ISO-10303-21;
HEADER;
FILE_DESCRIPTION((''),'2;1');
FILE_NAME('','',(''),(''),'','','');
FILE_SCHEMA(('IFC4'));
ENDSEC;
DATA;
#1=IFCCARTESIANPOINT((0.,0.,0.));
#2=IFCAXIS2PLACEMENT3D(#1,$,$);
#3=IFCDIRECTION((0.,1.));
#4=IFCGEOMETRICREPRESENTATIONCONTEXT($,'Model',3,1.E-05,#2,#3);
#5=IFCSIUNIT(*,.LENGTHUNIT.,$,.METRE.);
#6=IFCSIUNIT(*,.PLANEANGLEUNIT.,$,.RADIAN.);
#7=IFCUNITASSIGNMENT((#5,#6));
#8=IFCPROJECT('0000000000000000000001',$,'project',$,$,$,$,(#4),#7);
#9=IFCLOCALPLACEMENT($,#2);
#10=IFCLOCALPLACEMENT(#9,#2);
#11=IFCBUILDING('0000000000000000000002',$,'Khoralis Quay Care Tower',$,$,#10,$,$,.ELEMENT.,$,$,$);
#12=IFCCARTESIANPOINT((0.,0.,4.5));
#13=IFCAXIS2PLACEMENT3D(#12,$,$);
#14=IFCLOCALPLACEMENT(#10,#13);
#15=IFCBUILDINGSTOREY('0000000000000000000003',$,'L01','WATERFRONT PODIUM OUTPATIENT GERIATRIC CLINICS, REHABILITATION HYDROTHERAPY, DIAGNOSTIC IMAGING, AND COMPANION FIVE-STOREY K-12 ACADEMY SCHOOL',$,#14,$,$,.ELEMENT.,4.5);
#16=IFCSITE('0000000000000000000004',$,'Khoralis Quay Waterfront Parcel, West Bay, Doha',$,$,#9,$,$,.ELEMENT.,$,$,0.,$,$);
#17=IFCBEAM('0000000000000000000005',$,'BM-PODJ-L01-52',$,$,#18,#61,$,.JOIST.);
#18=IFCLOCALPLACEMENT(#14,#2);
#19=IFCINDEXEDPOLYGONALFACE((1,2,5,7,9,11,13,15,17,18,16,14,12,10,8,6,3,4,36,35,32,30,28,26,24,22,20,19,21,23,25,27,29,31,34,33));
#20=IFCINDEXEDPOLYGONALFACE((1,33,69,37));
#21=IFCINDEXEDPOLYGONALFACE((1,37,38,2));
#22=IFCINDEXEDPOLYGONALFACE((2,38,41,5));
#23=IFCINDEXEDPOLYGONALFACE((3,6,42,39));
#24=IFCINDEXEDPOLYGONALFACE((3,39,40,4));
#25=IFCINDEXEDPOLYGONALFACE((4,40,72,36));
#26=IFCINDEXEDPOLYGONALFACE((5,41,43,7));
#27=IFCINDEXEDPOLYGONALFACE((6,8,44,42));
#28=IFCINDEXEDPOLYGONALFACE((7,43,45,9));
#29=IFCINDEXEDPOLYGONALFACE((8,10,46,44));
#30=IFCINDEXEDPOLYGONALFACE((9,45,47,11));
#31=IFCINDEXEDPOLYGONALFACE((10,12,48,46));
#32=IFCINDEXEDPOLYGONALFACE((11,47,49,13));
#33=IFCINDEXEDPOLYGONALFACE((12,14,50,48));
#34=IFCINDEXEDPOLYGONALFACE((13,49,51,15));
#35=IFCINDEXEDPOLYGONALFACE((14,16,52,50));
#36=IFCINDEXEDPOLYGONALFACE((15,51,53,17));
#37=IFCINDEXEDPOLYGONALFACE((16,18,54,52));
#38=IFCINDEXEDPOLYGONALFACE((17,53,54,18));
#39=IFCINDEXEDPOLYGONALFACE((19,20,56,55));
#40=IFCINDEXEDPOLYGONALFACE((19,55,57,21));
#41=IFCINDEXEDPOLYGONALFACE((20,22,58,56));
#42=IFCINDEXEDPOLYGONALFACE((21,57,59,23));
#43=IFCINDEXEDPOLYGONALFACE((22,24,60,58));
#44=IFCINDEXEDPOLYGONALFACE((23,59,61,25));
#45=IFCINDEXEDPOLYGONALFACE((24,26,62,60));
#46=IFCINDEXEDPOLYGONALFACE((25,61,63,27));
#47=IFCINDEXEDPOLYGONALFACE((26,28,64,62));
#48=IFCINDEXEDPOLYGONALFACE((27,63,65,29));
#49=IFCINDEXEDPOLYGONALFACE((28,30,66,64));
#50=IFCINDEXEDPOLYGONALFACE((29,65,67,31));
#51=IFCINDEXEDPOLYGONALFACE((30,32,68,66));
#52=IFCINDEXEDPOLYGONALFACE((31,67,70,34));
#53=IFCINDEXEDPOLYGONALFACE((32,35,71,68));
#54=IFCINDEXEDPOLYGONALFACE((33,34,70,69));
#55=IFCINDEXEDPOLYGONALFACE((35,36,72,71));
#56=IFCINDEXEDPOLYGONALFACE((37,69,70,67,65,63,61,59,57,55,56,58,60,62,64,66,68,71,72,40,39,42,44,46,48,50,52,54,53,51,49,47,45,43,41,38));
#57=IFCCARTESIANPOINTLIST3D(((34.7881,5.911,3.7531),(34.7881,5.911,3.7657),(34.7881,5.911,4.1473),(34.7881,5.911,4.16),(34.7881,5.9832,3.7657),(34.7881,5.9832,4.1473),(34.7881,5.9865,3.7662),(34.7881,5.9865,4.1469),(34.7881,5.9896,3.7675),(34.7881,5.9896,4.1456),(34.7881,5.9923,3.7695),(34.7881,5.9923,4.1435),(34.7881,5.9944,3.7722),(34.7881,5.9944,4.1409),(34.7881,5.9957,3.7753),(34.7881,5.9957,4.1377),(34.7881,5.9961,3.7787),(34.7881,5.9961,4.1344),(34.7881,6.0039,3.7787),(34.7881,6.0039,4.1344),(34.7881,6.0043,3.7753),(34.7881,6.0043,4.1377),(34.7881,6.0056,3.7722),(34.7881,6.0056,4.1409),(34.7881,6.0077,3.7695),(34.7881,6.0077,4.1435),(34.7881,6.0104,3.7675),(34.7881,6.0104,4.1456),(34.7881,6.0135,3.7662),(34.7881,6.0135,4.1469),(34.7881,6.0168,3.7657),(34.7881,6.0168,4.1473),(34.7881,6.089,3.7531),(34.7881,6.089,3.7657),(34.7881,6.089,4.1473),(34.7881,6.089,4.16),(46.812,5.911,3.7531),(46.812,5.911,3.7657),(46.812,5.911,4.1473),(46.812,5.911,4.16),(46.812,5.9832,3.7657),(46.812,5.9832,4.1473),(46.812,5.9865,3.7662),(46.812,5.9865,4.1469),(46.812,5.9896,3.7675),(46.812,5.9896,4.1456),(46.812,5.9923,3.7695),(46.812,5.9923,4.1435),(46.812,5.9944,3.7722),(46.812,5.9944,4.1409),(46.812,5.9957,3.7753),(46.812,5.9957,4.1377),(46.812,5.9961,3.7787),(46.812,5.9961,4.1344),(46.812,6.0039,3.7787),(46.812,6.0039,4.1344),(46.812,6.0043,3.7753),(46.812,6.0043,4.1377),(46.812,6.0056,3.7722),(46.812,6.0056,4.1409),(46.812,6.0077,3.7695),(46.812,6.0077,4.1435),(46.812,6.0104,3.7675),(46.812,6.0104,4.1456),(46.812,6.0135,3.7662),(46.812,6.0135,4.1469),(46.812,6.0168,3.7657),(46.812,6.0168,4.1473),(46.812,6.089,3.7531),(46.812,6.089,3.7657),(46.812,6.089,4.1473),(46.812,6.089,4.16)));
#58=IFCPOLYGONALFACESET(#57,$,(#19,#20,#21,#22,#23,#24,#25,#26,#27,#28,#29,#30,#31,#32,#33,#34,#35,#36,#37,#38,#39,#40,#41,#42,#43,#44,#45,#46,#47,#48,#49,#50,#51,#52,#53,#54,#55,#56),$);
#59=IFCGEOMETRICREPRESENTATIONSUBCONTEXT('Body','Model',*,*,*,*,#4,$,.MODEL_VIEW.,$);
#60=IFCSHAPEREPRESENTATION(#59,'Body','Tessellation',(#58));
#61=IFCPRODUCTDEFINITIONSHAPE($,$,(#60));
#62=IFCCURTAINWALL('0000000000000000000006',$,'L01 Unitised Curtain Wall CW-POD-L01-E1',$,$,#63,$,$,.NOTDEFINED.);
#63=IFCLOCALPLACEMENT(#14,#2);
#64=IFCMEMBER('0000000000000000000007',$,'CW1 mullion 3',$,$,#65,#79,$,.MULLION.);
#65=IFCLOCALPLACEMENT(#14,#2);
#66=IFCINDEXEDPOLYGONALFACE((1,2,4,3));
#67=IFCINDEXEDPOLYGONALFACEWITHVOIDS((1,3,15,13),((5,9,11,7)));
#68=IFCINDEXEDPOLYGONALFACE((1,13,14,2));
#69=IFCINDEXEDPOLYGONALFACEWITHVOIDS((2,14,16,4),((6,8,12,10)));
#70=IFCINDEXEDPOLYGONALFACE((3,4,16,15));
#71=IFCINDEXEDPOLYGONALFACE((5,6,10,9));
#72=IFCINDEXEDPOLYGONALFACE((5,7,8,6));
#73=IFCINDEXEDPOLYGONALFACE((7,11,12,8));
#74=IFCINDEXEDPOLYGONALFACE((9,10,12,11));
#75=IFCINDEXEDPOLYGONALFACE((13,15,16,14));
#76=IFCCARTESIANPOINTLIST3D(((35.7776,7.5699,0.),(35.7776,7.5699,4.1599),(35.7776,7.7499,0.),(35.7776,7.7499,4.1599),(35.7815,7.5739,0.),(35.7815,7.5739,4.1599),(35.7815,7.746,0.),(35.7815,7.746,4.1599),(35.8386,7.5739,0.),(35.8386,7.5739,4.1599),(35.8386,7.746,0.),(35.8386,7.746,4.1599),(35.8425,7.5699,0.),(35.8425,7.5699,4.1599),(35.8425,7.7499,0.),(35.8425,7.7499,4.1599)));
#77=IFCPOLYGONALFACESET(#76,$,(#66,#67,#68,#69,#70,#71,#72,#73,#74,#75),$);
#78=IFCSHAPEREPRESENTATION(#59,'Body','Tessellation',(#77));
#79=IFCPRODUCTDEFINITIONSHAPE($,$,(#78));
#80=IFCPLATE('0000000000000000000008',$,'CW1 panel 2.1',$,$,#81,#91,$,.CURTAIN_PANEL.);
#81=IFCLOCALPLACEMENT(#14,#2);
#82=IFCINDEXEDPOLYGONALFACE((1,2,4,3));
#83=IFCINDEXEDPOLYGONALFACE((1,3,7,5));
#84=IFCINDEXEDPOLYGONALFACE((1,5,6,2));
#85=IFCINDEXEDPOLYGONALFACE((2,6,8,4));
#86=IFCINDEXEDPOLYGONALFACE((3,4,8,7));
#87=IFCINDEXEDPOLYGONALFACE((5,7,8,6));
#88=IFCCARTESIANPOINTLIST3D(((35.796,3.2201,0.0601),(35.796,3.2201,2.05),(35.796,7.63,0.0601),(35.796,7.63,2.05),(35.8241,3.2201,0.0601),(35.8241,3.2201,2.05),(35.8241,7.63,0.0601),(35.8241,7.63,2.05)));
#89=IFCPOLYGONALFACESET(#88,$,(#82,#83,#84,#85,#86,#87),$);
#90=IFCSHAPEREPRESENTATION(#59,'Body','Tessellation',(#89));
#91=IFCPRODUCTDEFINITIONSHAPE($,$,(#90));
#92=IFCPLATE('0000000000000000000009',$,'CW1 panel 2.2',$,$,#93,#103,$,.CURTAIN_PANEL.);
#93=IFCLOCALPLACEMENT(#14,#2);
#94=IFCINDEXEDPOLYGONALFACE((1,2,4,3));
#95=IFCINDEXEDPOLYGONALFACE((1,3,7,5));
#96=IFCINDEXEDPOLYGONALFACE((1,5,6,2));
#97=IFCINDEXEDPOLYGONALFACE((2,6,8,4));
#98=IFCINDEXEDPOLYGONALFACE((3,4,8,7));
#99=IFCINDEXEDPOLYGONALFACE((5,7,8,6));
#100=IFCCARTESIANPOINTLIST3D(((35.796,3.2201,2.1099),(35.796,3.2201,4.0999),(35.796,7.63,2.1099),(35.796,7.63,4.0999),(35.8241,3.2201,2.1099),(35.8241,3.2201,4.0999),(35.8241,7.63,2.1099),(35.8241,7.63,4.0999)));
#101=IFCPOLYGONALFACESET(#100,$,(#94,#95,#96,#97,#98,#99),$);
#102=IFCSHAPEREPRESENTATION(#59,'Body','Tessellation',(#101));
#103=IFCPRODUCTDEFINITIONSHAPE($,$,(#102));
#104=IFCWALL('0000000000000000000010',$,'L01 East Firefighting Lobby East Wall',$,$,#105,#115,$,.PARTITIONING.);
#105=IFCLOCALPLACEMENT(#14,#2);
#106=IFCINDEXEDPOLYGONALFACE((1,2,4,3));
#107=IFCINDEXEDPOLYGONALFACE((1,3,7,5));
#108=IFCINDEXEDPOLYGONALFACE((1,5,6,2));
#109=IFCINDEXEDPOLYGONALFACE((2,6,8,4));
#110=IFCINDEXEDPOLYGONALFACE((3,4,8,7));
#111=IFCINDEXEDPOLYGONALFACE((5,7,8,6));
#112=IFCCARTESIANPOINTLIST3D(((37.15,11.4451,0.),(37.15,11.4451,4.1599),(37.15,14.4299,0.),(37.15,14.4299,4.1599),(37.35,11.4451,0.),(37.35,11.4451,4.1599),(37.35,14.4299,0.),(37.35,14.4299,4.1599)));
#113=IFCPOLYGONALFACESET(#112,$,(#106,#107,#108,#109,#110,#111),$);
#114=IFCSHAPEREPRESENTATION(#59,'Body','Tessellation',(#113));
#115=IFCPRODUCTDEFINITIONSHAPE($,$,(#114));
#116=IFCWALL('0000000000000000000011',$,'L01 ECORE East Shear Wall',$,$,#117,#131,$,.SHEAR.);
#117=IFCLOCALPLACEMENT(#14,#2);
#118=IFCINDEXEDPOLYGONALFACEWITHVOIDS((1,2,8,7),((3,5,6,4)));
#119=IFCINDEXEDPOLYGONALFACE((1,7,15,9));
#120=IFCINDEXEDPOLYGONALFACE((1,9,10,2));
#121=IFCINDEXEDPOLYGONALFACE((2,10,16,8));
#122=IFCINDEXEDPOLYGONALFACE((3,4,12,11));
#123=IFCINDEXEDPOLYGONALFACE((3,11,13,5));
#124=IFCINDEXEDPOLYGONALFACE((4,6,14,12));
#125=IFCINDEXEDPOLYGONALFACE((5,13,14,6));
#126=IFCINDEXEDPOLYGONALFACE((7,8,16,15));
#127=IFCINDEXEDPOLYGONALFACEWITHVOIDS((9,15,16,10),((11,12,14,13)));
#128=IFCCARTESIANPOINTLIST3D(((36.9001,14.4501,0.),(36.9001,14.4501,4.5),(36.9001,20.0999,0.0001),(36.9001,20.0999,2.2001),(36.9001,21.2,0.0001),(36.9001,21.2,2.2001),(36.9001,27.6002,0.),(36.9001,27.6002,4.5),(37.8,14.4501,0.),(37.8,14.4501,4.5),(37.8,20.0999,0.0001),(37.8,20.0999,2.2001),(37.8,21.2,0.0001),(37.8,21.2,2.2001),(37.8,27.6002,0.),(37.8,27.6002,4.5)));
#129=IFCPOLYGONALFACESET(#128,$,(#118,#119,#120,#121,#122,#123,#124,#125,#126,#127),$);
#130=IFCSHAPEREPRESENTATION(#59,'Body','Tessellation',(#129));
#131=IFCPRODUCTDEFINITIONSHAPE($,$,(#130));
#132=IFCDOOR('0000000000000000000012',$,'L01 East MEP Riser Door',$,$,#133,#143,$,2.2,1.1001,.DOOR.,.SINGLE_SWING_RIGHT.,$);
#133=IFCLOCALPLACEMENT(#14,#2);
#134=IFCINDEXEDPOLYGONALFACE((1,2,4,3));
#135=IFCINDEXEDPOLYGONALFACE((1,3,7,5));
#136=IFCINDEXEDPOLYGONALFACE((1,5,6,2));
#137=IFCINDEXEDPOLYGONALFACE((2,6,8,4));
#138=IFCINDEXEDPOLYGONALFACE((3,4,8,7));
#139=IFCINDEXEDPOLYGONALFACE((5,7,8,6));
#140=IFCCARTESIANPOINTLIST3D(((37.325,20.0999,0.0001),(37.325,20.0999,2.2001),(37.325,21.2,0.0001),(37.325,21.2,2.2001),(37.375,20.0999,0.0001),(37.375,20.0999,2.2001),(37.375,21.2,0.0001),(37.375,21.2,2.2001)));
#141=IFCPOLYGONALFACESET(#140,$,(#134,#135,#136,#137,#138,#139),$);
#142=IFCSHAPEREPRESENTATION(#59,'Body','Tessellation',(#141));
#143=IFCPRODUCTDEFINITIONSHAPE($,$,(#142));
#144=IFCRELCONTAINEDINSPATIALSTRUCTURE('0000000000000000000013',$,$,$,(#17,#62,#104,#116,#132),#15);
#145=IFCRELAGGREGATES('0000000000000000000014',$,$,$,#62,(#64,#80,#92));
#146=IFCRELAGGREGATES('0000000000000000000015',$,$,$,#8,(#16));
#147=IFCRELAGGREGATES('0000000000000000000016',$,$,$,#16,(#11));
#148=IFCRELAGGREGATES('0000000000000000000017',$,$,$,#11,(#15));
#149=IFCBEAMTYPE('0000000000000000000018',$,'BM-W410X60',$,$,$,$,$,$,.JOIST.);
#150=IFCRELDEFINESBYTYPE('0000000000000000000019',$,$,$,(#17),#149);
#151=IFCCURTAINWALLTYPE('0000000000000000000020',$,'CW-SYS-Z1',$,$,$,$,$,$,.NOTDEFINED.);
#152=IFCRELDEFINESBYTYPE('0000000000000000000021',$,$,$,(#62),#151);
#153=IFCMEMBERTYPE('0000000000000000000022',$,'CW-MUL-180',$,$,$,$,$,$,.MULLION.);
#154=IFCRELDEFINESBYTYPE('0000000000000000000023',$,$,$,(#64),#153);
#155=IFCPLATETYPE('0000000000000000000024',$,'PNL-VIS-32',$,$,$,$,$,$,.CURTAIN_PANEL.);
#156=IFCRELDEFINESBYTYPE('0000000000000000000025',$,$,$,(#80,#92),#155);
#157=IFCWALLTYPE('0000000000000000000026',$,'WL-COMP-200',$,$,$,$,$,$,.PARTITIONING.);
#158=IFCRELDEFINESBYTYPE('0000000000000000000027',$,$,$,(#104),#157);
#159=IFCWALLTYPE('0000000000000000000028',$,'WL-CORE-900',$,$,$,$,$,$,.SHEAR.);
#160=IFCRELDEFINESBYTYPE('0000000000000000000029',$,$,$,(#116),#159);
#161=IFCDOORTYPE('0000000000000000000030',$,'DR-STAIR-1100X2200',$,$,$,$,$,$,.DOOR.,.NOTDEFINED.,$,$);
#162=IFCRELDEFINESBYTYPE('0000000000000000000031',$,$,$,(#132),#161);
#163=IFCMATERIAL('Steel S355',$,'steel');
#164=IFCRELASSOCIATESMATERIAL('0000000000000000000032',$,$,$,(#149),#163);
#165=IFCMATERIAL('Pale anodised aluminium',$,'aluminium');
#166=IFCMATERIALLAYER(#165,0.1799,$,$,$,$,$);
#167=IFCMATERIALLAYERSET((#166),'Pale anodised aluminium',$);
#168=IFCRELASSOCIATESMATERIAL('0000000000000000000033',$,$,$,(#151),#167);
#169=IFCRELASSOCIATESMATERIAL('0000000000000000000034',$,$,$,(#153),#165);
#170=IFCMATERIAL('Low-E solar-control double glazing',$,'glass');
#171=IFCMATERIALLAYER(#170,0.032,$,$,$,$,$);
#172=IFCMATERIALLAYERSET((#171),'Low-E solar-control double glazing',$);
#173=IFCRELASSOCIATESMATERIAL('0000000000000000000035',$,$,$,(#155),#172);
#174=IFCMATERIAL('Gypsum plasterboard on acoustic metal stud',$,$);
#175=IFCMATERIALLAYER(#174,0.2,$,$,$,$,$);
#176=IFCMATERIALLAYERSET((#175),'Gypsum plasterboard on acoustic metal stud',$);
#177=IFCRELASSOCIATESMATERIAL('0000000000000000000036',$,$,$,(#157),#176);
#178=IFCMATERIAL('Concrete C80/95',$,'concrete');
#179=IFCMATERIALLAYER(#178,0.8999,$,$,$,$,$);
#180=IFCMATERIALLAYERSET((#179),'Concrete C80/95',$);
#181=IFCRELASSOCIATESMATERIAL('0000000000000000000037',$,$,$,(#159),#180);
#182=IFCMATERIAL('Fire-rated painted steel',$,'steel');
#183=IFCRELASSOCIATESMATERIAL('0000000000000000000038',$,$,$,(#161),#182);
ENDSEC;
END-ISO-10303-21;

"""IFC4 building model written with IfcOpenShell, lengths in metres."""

from ifc_helpers import new_model, si_unit, direction, frame, frame_2d, origin, origin_2d, place, context, subcontext, project, spatial, rectangle, hollow_rectangle, i_section, extrude, source, transform, mapped, material, layer, layer_set, material_profile, profile_set, type_object, element, fill, aggregate, save


model = new_model("IFC4")

# Units and contexts
model_context = context("Model", 3, precision=1e-05, world=origin(), true_north=direction((0.0, 1.0)))
body_context = subcontext(model_context, "Body", "Model", "MODEL_VIEW")
ifc_project = project(units=[si_unit("LENGTHUNIT", "METRE"), si_unit("PLANEANGLEUNIT", "RADIAN")], contexts=[model_context])

# Site, building, storey
site_placement = place(None, origin())
site = spatial("IfcSite", under=ifc_project, at=site_placement, Name="Khoralis Quay Waterfront Parcel, West Bay, Doha", CompositionType="ELEMENT", RefElevation=0.0)
building_placement = place(site_placement, origin())
building = spatial("IfcBuilding", under=site, at=building_placement, Name="Khoralis Quay Care Tower", CompositionType="ELEMENT")
storey_placement = place(building_placement, frame((0.0, 0.0, 4.5)))
storey = spatial("IfcBuildingStorey", under=building, at=storey_placement, Name="L01", Description="WATERFRONT PODIUM OUTPATIENT GERIATRIC CLINICS, REHABILITATION HYDROTHERAPY, DIAGNOSTIC IMAGING, AND COMPANION FIVE-STOREY K-12 ACADEMY SCHOOL", CompositionType="ELEMENT", Elevation=4.5)

# Shared definitions
ifc_material_1 = material(Name="Concrete C80/95", Category="concrete")

# Beam
ifc_material_2 = material(Name="Steel S355", Category="steel")
ifc_material_profile_1 = material_profile(ifc_material_2, i_section(OverallWidth=0.178, OverallDepth=0.407, WebThickness=0.0078, FlangeThickness=0.0127, FilletRadius=0.0129, at=origin_2d()), Name="Steel S355")
ifc_profile_set_1 = profile_set([ifc_material_profile_1], Name="Steel S355")
beam_type_1 = type_object("IfcBeamType", Name="BM-W410X60", PredefinedType="JOIST", material=ifc_profile_set_1)
shared_shape_1 = source(origin(), body_context, "Body", "SweptSolid", [
    extrude(i_section(OverallWidth=0.178, OverallDepth=0.407, WebThickness=0.0078, FlangeThickness=0.0127, FilletRadius=0.0129, at=origin_2d()), origin(), (0.0, 0.0, 1.0), 12.0239),
])
beam_1_placement = place(storey_placement, frame((34.7881, 6.0, 3.9565), z_axis=(1.0, 0.0, 0.0), x_axis=(0.0, 1.0, 0.0)))
element("IfcBeam", 1, at=beam_1_placement, inside=storey, type_object=beam_type_1, Name="BM-PODJ-L01-52", PredefinedType="JOIST", context=body_context, shape_type="MappedRepresentation", body=[
    mapped(shared_shape_1, transform((0.0, 0.0, 0.0), scale=1.0)),
])

# Curtain wall, member, plates
ifc_material_3 = material(Name="Pale anodised aluminium", Category="aluminium")
ifc_layer_1 = layer(ifc_material_3, 0.1799)
ifc_layer_set_1 = layer_set([ifc_layer_1], Name="Pale anodised aluminium")
curtain_wall_type = type_object("IfcCurtainWallType", Name="CW-SYS-Z1", PredefinedType="NOTDEFINED", material=ifc_layer_set_1)
curtain_wall_placement = place(storey_placement, origin())
curtain_wall = element("IfcCurtainWall", 2, at=curtain_wall_placement, inside=storey, type_object=curtain_wall_type, Name="L01 Unitised Curtain Wall CW-POD-L01-E1", PredefinedType="NOTDEFINED")
ifc_material_profile_2 = material_profile(ifc_material_3, hollow_rectangle(XDim=0.0649, YDim=0.1799, WallThickness=0.0039, at=origin_2d()), Name="Pale anodised aluminium")
ifc_profile_set_2 = profile_set([ifc_material_profile_2], Name="Pale anodised aluminium")
member_type = type_object("IfcMemberType", Name="CW-MUL-180", PredefinedType="MULLION", material=ifc_profile_set_2)
shared_shape_2 = source(origin(), body_context, "Body", "SweptSolid", [
    extrude(hollow_rectangle(XDim=0.0649, YDim=0.1799, WallThickness=0.0039, at=origin_2d()), origin(), (0.0, 0.0, 1.0), 4.1599),
])
member_placement = place(storey_placement, frame((35.8101, 7.6599, 0.0), z_axis=(0.0, 0.0, 1.0), x_axis=(-1.0, 0.0, 0.0)))
member = element("IfcMember", 3, at=member_placement, type_object=member_type, Name="CW1 mullion 3", PredefinedType="MULLION", context=body_context, shape_type="MappedRepresentation", body=[
    mapped(shared_shape_2, transform((0.0, 0.0, 0.0), scale=1.0)),
])
ifc_material_4 = material(Name="Low-E solar-control double glazing", Category="glass")
ifc_layer_2 = layer(ifc_material_4, 0.032)
ifc_layer_set_2 = layer_set([ifc_layer_2], Name="Low-E solar-control double glazing")
plate_type = type_object("IfcPlateType", Name="PNL-VIS-32", PredefinedType="CURTAIN_PANEL", material=ifc_layer_set_2)
shared_shape_3 = source(origin(), body_context, "Body", "SweptSolid", [
    extrude(rectangle(XDim=4.4099, YDim=0.0281, at=origin_2d()), origin(), (0.0, 0.0, 1.0), 1.99),
])
plate_1_placement = place(storey_placement, frame((35.8101, 5.425, 0.0601), z_axis=(0.0, 0.0, 1.0), x_axis=(0.0, 1.0, 0.0)))
plate_1 = element("IfcPlate", 4, at=plate_1_placement, type_object=plate_type, Name="CW1 panel 2.1", PredefinedType="CURTAIN_PANEL", context=body_context, shape_type="MappedRepresentation", body=[
    mapped(shared_shape_3, transform((0.0, 0.0, 0.0), scale=1.0)),
])
plate_2_placement = place(storey_placement, frame((35.8101, 5.425, 2.1099), z_axis=(0.0, 0.0, 1.0), x_axis=(0.0, 1.0, 0.0)))
plate_2 = element("IfcPlate", 5, at=plate_2_placement, type_object=plate_type, Name="CW1 panel 2.2", PredefinedType="CURTAIN_PANEL", context=body_context, shape_type="MappedRepresentation", body=[
    mapped(shared_shape_3, transform((0.0, 0.0, 0.0), scale=1.0)),
])
aggregate(curtain_wall, [member, plate_1, plate_2])

# Wall
ifc_material_5 = material(Name="Gypsum plasterboard on acoustic metal stud")
ifc_layer_3 = layer(ifc_material_5, 0.2)
ifc_layer_set_3 = layer_set([ifc_layer_3], Name="Gypsum plasterboard on acoustic metal stud")
wall_type_1 = type_object("IfcWallType", Name="WL-COMP-200", PredefinedType="PARTITIONING", material=ifc_layer_set_3)
wall_1_placement = place(storey_placement, frame((37.25, 11.4451, 0.0), z_axis=(0.0, 0.0, 1.0), x_axis=(0.0, 1.0, 0.0)))
element("IfcWall", 6, at=wall_1_placement, inside=storey, type_object=wall_type_1, Name="L01 East Firefighting Lobby East Wall", PredefinedType="PARTITIONING", context=body_context, shape_type="SweptSolid", body=[
    extrude(rectangle(XDim=2.9849, YDim=0.2, at=frame_2d((1.4924, 0.0))), origin(), (0.0, 0.0, 1.0), 4.1599),
])

# Wall, opening, door
ifc_layer_4 = layer(ifc_material_1, 0.8999)
ifc_layer_set_4 = layer_set([ifc_layer_4], Name="Concrete C80/95")
wall_type_2 = type_object("IfcWallType", Name="WL-CORE-900", PredefinedType="SHEAR", material=ifc_layer_set_4)
wall_2_placement = place(storey_placement, frame((37.3501, 14.45, 0.0), z_axis=(0.0, 0.0, 1.0), x_axis=(0.0, 1.0, 0.0)))
wall_2 = element("IfcWall", 7, at=wall_2_placement, inside=storey, type_object=wall_type_2, Name="L01 ECORE East Shear Wall", PredefinedType="SHEAR", context=body_context, shape_type="SweptSolid", body=[
    extrude(rectangle(XDim=13.1501, YDim=0.8999, at=frame_2d((6.5752, 0.0))), origin(), (0.0, 0.0, 1.0), 4.5),
])
opening_1_placement = place(wall_2_placement, frame((5.6499, 0.0, 0.0)))
opening_1 = element("IfcOpeningElement", 8, at=opening_1_placement, cuts=wall_2, PredefinedType="OPENING", context=body_context, shape_type="SweptSolid", body=[
    extrude(rectangle(XDim=1.1001, YDim=2.2, at=frame_2d((0.55, 1.1001))), frame((0.0, 0.46, 0.0), z_axis=(0.0, -1.0, 0.0), x_axis=(1.0, 0.0, 0.0)), (0.0, 0.0, 1.0), 0.9199),
])
ifc_material_6 = material(Name="Fire-rated painted steel", Category="steel")
door_type = type_object("IfcDoorType", Name="DR-STAIR-1100X2200", OperationType="NOTDEFINED", PredefinedType="DOOR", material=ifc_material_6)
shared_shape_4 = source(origin(), body_context, "Body", "SweptSolid", [
    extrude(rectangle(XDim=1.1001, YDim=2.2, at=frame_2d((0.55, 1.1001))), frame((0.0, 0.0249, 0.0), z_axis=(0.0, -1.0, 0.0), x_axis=(1.0, 0.0, 0.0)), (0.0, 0.0, 1.0), 0.05),
])
door_placement = place(opening_1_placement, frame((1.1001, 0.0, 0.0), z_axis=(0.0, 0.0, 1.0), x_axis=(-1.0, 0.0, 0.0)))
door = element("IfcDoor", 9, at=door_placement, inside=storey, type_object=door_type, Name="L01 East MEP Riser Door", OperationType="SINGLE_SWING_RIGHT", OverallHeight=2.2, OverallWidth=1.1001, PredefinedType="DOOR", context=body_context, shape_type="MappedRepresentation", body=[
    mapped(shared_shape_4, transform((0.0, 0.0, 0.0), scale=1.0)),
])
fill(opening_1, door)

save(model, "model.ifc")
